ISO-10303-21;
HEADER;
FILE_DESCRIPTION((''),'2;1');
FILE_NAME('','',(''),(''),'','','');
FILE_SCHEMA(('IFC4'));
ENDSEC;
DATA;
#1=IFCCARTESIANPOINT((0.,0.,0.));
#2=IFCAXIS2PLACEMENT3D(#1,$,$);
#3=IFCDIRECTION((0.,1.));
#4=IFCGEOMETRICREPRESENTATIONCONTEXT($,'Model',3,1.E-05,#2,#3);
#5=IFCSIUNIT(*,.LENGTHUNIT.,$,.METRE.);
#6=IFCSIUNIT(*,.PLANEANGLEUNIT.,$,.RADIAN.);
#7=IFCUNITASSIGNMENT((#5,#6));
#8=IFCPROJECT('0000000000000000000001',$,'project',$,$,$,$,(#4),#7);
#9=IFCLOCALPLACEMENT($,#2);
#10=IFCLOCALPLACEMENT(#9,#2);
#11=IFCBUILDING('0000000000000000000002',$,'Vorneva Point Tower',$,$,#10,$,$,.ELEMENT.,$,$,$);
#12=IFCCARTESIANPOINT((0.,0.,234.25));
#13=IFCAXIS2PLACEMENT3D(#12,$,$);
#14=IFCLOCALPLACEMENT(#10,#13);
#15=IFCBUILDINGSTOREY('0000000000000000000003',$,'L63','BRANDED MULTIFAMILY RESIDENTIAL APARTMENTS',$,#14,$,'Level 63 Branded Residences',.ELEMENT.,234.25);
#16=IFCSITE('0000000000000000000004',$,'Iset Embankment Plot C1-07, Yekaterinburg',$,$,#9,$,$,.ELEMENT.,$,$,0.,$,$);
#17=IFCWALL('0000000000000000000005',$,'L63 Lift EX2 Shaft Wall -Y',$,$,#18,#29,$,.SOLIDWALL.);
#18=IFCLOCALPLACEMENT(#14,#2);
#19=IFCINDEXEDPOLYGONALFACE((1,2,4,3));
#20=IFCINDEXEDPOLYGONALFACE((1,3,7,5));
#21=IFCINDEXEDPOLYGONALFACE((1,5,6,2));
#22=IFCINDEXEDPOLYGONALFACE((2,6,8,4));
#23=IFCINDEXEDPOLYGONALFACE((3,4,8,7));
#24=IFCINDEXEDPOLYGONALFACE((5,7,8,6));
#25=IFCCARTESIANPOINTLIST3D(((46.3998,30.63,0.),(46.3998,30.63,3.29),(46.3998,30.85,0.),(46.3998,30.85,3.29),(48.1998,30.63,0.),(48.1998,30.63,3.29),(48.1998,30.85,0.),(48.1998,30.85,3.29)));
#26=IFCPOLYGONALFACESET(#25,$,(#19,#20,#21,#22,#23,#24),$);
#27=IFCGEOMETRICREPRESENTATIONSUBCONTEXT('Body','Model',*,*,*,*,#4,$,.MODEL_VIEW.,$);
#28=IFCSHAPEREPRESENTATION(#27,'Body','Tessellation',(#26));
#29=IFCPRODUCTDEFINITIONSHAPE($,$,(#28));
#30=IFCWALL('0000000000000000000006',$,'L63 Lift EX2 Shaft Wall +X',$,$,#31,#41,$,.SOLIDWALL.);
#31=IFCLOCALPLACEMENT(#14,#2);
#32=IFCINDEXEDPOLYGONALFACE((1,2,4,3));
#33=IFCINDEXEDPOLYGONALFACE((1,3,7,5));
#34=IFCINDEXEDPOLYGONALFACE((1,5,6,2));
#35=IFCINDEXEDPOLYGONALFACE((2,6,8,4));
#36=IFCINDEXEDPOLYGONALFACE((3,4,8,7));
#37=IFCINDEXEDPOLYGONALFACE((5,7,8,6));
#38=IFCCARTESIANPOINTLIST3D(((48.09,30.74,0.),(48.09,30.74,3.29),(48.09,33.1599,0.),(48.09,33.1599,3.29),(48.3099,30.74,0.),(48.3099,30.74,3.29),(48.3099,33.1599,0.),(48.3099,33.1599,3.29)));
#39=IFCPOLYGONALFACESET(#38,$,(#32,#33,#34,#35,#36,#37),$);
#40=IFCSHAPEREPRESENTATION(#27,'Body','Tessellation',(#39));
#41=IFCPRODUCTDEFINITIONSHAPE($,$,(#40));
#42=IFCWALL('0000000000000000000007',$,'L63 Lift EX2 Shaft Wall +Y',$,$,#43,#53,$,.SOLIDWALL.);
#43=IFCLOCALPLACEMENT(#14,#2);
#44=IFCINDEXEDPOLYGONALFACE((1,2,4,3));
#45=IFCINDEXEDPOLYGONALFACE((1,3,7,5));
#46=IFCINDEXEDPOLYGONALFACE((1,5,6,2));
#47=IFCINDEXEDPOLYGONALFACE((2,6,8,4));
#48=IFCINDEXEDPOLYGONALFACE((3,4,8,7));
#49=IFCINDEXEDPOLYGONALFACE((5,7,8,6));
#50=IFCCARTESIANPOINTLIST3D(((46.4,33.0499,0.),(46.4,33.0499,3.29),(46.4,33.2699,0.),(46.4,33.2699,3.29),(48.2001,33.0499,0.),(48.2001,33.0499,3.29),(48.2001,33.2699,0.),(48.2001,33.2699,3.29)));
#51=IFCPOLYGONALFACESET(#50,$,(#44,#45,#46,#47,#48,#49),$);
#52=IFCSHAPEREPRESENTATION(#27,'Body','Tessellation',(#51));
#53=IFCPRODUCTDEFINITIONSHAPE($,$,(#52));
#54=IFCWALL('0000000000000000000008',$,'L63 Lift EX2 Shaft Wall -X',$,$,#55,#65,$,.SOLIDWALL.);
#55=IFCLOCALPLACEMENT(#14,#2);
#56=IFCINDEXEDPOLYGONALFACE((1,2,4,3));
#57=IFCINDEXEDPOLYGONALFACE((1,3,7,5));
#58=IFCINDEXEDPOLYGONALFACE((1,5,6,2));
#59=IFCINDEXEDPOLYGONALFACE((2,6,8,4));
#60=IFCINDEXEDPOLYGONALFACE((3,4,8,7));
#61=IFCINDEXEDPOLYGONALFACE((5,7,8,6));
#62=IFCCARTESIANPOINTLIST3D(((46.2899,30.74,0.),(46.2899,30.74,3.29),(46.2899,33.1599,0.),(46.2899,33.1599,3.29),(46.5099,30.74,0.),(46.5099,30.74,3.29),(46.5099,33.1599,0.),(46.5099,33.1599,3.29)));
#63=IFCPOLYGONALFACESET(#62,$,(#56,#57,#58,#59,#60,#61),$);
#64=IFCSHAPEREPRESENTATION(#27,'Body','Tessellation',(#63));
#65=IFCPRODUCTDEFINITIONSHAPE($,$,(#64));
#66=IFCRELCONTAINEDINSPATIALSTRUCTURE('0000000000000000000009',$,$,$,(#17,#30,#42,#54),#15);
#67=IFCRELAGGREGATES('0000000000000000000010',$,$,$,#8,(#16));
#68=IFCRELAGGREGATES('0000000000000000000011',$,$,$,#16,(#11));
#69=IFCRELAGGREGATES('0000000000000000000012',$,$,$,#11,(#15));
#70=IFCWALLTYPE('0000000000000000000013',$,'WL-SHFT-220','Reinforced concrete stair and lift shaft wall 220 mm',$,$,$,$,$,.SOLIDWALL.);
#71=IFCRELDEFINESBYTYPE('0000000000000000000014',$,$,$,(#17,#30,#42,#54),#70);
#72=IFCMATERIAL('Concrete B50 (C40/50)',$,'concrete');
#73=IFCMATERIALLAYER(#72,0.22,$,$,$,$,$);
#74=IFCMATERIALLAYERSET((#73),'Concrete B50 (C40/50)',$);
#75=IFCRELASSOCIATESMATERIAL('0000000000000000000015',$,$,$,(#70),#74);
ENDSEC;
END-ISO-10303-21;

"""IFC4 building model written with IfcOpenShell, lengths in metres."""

from ifc_helpers import new_model, si_unit, direction, frame, frame_2d, origin, place, context, subcontext, project, spatial, rectangle, extrude, material, layer, layer_set, type_object, element, save


model = new_model("IFC4")

# Units and contexts
model_context = context("Model", 3, precision=1e-05, world=origin(), true_north=direction((0.0, 1.0)))
body_context = subcontext(model_context, "Body", "Model", "MODEL_VIEW")
ifc_project = project(units=[si_unit("LENGTHUNIT", "METRE"), si_unit("PLANEANGLEUNIT", "RADIAN")], contexts=[model_context])

# Site, building, storey
site_placement = place(None, origin())
site = spatial("IfcSite", under=ifc_project, at=site_placement, Name="Iset Embankment Plot C1-07, Yekaterinburg", CompositionType="ELEMENT", RefElevation=0.0)
building_placement = place(site_placement, origin())
building = spatial("IfcBuilding", under=site, at=building_placement, Name="Vorneva Point Tower", CompositionType="ELEMENT")
storey_placement = place(building_placement, frame((0.0, 0.0, 234.25)))
storey = spatial("IfcBuildingStorey", under=building, at=storey_placement, Name="L63", Description="BRANDED MULTIFAMILY RESIDENTIAL APARTMENTS", LongName="Level 63 Branded Residences", CompositionType="ELEMENT", Elevation=234.25)

# Shared definitions
ifc_material_1 = material(Name="Concrete B50 (C40/50)", Category="concrete")

# Walls
ifc_layer_1 = layer(ifc_material_1, 0.22)
ifc_layer_set_1 = layer_set([ifc_layer_1], Name="Concrete B50 (C40/50)")
wall_type_1 = type_object("IfcWallType", Name="WL-SHFT-220", Description="Reinforced concrete stair and lift shaft wall 220 mm", PredefinedType="SOLIDWALL", material=ifc_layer_set_1)
for number, where, z_axis, x_axis, name in (
    (1, (46.3999, 30.74, 0.0), (0.0, 0.0, 1.0), (1.0, 0.0, 0.0), "L63 Lift EX2 Shaft Wall -Y"),
):
    element("IfcWall", number, at=place(storey_placement, frame(where, z_axis=z_axis, x_axis=x_axis)), inside=storey, type_object=wall_type_1, Name=name, PredefinedType="SOLIDWALL", context=body_context, shape_type="SweptSolid", body=[
        extrude(rectangle(XDim=1.8, YDim=0.22, at=frame_2d((0.8999, 0.0))), origin(), (0.0, 0.0, 1.0), 3.29),
    ])
wall_1_placement = place(storey_placement, frame((48.2, 30.74, 0.0), z_axis=(0.0, 0.0, 1.0), x_axis=(0.0, 1.0, 0.0)))
element("IfcWall", 2, at=wall_1_placement, inside=storey, type_object=wall_type_1, Name="L63 Lift EX2 Shaft Wall +X", PredefinedType="SOLIDWALL", context=body_context, shape_type="SweptSolid", body=[
    extrude(rectangle(XDim=2.4199, YDim=0.22, at=frame_2d((1.21, 0.0))), origin(), (0.0, 0.0, 1.0), 3.29),
])
wall_2_placement = place(storey_placement, frame((48.2, 33.1599, 0.0), z_axis=(0.0, 0.0, 1.0), x_axis=(-1.0, 0.0, 0.0)))
element("IfcWall", 3, at=wall_2_placement, inside=storey, type_object=wall_type_1, Name="L63 Lift EX2 Shaft Wall +Y", PredefinedType="SOLIDWALL", context=body_context, shape_type="SweptSolid", body=[
    extrude(rectangle(XDim=1.8, YDim=0.22, at=frame_2d((0.8999, 0.0))), origin(), (0.0, 0.0, 1.0), 3.29),
])
wall_3_placement = place(storey_placement, frame((46.3999, 33.1599, 0.0), z_axis=(0.0, 0.0, 1.0), x_axis=(0.0, -1.0, 0.0)))
element("IfcWall", 4, at=wall_3_placement, inside=storey, type_object=wall_type_1, Name="L63 Lift EX2 Shaft Wall -X", PredefinedType="SOLIDWALL", context=body_context, shape_type="SweptSolid", body=[
    extrude(rectangle(XDim=2.4199, YDim=0.22, at=frame_2d((1.21, 0.0))), origin(), (0.0, 0.0, 1.0), 3.29),
])

save(model, "model.ifc")
